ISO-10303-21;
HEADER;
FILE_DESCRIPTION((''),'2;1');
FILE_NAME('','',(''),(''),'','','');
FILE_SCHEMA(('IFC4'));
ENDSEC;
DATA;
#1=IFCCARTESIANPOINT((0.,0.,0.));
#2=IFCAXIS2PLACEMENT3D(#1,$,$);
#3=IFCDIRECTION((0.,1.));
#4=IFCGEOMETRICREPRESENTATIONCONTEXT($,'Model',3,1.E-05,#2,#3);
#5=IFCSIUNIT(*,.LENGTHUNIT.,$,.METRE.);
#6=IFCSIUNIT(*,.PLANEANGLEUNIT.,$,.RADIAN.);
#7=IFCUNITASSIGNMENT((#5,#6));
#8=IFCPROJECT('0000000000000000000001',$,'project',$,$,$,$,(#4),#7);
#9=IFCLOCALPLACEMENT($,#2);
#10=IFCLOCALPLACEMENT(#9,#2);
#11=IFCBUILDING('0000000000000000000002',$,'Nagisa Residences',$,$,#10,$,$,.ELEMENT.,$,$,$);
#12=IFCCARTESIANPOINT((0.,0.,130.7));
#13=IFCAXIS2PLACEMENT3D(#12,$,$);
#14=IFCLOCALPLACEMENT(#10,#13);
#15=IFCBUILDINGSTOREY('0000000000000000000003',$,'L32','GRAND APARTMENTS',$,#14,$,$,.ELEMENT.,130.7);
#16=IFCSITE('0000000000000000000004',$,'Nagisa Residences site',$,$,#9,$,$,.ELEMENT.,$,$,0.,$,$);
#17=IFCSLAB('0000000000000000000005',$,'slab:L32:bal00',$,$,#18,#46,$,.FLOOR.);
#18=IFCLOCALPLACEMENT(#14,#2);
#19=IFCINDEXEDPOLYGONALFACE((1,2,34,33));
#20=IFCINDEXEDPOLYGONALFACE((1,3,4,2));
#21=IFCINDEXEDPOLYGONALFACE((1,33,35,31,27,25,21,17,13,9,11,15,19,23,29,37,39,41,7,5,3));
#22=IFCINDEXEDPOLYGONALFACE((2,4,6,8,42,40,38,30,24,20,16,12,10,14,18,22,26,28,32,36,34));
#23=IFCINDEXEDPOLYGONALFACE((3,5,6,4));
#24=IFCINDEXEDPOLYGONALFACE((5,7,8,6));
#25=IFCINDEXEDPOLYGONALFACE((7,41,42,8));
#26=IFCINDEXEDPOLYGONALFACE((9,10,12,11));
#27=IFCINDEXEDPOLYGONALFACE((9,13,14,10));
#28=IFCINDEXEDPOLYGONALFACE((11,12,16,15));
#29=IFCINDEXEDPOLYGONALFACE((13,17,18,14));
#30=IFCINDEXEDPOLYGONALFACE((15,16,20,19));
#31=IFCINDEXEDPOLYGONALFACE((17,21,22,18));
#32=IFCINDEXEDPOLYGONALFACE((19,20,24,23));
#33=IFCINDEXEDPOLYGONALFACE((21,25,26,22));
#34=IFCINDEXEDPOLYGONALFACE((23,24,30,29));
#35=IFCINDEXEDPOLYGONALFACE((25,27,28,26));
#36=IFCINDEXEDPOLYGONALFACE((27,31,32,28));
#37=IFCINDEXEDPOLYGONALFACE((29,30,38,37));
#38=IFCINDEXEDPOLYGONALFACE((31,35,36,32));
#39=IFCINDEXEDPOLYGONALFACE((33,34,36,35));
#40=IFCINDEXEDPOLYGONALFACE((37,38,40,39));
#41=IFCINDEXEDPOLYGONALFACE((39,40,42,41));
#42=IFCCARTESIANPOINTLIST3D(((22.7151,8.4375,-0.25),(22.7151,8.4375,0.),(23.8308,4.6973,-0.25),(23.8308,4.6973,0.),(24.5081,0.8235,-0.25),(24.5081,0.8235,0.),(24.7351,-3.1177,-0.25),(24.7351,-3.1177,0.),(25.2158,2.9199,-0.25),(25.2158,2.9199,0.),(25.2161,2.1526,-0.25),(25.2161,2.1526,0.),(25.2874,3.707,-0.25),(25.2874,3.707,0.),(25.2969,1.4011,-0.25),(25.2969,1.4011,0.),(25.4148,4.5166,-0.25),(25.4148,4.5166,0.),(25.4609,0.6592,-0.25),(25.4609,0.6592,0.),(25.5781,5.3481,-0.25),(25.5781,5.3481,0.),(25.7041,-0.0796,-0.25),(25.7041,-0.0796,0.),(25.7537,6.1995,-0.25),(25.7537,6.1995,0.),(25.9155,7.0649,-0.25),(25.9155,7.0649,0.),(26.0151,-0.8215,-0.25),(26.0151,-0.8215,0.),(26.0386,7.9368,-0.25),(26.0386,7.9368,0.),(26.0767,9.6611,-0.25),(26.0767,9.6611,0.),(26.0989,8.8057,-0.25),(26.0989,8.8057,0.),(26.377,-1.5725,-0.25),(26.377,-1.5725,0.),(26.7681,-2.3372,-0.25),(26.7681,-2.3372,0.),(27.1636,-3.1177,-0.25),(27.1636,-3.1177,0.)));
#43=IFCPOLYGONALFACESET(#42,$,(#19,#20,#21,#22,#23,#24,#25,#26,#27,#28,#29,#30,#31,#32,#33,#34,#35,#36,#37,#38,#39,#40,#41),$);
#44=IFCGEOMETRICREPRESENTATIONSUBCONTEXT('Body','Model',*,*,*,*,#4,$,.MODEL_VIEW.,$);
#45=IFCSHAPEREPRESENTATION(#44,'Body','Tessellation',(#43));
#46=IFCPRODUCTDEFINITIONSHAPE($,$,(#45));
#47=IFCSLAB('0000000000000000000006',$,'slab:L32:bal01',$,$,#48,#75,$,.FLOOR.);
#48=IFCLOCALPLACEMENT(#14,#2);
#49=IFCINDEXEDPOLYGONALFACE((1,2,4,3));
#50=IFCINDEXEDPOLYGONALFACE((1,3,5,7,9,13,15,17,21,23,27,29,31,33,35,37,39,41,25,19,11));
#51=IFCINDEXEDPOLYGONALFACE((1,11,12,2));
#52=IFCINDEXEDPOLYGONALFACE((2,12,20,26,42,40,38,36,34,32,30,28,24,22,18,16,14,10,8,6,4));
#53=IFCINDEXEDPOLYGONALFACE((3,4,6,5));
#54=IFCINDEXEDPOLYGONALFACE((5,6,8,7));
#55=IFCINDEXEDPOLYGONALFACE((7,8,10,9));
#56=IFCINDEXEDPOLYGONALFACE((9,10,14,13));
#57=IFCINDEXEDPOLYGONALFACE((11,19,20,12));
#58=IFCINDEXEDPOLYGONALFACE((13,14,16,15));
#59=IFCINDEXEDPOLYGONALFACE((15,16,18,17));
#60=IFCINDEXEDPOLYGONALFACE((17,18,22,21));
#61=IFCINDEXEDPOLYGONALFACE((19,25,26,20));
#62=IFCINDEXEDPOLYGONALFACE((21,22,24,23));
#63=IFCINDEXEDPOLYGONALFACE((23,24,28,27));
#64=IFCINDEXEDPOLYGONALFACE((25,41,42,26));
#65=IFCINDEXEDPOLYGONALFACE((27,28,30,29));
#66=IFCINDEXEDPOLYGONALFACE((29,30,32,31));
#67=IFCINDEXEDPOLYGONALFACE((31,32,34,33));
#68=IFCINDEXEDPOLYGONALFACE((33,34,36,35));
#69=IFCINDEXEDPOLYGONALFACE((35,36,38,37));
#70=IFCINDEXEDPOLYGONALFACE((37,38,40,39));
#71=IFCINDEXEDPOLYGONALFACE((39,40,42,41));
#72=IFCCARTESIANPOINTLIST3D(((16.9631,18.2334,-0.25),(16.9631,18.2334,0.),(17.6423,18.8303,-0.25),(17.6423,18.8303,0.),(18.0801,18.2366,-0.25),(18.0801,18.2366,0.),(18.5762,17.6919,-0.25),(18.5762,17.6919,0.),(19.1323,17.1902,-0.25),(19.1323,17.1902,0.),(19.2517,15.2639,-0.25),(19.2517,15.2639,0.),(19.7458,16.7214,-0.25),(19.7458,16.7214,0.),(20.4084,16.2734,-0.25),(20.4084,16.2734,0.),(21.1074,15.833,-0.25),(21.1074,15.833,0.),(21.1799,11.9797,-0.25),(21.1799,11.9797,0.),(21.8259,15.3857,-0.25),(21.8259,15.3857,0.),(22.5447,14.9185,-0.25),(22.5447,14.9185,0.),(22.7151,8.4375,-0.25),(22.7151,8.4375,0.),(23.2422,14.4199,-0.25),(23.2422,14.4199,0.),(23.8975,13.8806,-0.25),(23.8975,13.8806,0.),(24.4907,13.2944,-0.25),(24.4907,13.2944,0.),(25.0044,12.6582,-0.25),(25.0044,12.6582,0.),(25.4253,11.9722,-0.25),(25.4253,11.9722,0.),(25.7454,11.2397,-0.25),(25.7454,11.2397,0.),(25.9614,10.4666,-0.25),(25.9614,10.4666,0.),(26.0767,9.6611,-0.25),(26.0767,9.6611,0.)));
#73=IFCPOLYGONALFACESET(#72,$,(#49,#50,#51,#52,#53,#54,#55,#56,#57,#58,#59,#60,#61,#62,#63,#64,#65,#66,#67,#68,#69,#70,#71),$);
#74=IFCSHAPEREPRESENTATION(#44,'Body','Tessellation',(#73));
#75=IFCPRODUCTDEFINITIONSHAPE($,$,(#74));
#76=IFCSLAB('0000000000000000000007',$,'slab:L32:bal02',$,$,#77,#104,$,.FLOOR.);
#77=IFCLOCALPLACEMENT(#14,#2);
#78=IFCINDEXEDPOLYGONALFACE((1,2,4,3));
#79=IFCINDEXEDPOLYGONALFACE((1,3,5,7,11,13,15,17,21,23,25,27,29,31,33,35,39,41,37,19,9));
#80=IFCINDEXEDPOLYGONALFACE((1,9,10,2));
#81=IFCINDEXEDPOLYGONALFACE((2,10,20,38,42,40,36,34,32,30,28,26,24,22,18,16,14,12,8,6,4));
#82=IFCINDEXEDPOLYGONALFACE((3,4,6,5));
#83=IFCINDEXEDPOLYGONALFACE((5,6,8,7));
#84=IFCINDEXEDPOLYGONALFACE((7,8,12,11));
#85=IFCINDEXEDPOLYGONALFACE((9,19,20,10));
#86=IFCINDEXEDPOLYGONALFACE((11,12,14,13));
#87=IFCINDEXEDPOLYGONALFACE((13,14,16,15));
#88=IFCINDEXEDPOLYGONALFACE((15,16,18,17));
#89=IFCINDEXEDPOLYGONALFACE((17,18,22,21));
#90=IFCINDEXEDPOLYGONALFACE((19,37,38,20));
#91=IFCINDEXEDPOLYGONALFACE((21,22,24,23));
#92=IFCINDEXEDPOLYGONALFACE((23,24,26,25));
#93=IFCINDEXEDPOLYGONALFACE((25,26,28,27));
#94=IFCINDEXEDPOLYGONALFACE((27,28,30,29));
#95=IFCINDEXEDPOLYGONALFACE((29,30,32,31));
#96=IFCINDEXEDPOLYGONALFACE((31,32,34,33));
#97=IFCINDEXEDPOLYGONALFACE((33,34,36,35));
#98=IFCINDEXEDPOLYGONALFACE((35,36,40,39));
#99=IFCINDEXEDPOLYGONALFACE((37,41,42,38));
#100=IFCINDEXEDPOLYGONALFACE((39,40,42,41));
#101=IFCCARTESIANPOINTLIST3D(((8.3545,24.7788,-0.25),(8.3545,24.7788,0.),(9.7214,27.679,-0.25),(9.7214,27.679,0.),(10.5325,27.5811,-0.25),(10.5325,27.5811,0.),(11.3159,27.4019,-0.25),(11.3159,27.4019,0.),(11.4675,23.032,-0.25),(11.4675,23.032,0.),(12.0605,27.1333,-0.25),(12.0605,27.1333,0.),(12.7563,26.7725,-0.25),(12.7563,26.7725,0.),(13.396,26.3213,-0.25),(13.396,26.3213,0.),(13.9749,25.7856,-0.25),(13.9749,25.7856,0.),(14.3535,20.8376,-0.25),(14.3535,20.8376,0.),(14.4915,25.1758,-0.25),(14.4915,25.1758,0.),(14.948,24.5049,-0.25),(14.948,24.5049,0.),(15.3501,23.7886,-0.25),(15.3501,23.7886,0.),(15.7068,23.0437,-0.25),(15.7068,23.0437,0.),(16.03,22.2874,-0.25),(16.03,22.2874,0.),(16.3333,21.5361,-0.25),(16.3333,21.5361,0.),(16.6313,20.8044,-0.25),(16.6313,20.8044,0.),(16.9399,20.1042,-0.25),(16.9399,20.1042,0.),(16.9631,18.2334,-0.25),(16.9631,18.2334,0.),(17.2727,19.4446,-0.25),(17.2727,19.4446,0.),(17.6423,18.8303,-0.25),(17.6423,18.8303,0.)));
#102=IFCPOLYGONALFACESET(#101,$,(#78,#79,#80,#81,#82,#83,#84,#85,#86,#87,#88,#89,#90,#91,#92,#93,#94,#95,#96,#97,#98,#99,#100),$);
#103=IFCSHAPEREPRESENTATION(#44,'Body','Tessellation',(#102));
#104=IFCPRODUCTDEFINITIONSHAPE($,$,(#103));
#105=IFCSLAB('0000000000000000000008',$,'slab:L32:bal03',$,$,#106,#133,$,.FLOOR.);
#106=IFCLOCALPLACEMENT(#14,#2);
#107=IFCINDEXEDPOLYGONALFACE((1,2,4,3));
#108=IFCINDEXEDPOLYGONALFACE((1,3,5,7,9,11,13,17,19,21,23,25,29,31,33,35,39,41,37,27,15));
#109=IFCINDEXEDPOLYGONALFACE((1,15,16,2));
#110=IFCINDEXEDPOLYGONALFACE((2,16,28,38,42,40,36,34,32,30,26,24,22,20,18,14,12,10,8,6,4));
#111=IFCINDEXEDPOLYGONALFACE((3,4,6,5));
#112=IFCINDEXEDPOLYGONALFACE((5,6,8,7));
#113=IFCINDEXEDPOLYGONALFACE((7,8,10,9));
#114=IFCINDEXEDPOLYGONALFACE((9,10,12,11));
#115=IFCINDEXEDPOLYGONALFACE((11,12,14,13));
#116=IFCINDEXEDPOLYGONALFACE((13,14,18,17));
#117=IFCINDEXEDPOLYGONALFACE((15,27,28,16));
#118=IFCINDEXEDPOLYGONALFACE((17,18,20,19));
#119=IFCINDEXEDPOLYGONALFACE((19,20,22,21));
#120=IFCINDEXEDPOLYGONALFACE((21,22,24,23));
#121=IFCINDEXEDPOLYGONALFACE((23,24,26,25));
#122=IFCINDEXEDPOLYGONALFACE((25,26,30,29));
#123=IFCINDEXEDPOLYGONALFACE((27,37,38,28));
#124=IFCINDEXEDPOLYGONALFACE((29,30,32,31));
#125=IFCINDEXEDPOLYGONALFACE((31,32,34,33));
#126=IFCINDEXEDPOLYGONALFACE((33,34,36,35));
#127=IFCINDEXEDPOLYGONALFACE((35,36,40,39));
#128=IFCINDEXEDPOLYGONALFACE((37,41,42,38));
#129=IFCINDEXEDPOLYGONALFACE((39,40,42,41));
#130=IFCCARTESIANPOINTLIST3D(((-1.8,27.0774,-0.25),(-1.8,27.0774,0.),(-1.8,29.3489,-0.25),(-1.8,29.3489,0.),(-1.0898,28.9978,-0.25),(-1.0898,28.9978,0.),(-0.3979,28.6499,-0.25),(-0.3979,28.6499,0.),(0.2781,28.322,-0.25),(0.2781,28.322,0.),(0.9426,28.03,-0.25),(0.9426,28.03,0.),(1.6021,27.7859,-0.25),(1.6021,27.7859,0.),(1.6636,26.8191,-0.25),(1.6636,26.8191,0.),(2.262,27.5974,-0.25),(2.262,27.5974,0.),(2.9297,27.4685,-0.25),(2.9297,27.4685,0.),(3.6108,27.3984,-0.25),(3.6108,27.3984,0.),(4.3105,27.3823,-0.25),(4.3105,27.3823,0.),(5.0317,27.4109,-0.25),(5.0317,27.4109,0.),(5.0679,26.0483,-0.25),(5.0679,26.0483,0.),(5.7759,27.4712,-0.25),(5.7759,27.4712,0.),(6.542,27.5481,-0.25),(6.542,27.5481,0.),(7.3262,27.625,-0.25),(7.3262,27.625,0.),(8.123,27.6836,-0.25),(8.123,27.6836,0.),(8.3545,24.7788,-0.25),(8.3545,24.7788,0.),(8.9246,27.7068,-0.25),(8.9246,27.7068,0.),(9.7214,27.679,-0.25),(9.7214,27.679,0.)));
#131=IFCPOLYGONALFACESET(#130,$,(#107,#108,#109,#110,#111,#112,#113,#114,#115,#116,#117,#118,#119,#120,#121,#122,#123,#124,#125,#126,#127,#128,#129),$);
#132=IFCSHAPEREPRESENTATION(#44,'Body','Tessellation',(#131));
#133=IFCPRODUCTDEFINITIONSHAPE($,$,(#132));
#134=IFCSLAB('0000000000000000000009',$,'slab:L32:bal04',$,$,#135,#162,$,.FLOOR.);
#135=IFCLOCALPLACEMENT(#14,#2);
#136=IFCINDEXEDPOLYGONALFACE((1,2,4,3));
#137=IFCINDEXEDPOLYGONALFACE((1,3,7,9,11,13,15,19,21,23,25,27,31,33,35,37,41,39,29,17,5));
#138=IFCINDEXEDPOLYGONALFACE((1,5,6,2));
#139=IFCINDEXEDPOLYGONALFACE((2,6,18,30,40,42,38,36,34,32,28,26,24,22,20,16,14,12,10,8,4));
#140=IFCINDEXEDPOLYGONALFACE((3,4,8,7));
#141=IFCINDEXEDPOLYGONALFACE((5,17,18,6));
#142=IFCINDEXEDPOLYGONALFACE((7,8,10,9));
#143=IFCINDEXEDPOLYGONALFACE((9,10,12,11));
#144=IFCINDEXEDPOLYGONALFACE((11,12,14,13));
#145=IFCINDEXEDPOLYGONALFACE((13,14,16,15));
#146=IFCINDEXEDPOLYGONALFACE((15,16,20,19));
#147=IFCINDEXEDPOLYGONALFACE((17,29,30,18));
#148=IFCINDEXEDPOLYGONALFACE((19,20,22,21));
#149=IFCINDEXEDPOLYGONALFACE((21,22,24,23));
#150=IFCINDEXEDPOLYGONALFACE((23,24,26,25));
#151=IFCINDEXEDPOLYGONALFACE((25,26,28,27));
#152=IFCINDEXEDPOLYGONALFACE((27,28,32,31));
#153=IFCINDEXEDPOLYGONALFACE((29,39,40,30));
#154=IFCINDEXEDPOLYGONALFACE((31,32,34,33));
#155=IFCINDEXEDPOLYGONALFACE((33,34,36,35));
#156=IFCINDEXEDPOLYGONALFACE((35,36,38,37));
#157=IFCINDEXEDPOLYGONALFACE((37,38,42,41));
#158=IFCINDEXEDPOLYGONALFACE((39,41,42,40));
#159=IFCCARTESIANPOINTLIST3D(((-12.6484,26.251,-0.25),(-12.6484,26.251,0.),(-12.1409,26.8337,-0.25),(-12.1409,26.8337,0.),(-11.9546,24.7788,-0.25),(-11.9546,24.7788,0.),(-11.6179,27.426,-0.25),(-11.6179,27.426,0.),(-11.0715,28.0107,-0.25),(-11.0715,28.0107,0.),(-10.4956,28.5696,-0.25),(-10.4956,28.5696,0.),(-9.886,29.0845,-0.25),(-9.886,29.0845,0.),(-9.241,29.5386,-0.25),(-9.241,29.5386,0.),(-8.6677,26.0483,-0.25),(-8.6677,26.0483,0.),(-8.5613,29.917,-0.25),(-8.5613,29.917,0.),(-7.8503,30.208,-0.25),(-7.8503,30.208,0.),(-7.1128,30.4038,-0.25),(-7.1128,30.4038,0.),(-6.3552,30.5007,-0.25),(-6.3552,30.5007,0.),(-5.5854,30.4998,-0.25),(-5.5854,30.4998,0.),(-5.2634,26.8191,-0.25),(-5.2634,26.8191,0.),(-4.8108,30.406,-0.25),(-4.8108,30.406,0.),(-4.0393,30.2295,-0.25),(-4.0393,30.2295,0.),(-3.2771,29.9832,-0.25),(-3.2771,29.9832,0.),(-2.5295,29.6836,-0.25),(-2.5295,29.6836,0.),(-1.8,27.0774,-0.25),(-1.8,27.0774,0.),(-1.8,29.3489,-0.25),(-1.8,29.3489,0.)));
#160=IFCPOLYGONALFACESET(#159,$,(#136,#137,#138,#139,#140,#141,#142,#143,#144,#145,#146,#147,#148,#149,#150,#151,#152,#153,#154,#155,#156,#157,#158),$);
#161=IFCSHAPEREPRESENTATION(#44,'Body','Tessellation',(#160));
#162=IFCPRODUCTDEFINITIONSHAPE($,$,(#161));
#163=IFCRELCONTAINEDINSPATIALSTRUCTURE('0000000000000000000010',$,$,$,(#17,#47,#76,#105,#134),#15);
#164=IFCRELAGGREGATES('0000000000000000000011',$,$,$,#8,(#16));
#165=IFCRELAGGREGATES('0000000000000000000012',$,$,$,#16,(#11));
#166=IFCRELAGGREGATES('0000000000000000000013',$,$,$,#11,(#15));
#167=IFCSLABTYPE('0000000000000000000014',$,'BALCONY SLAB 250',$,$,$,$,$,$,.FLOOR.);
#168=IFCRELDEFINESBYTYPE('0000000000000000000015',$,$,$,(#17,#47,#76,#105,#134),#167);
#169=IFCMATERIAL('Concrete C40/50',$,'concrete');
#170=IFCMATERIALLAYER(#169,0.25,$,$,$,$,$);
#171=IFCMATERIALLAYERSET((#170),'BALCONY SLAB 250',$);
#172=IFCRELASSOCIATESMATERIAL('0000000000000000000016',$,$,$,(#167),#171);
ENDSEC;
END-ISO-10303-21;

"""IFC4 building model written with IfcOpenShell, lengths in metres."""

from ifc_helpers import new_model, si_unit, direction, frame, origin, place, context, subcontext, project, spatial, polyline, outline, extrude, material, layer, layer_set, type_object, element, save


model = new_model("IFC4")

# Units and contexts
model_context = context("Model", 3, precision=1e-05, world=origin(), true_north=direction((0.0, 1.0)))
body_context = subcontext(model_context, "Body", "Model", "MODEL_VIEW")
ifc_project = project(units=[si_unit("LENGTHUNIT", "METRE"), si_unit("PLANEANGLEUNIT", "RADIAN")], contexts=[model_context])

# Site, building, storey
site_placement = place(None, origin())
site = spatial("IfcSite", under=ifc_project, at=site_placement, Name="Nagisa Residences site", CompositionType="ELEMENT", RefElevation=0.0)
building_placement = place(site_placement, origin())
building = spatial("IfcBuilding", under=site, at=building_placement, Name="Nagisa Residences", CompositionType="ELEMENT")
storey_placement = place(building_placement, frame((0.0, 0.0, 130.7)))
storey = spatial("IfcBuildingStorey", under=building, at=storey_placement, Name="L32", Description="GRAND APARTMENTS", CompositionType="ELEMENT", Elevation=130.7)

# Slabs
ifc_material_1 = material(Name="Concrete C40/50", Category="concrete")
ifc_layer_1 = layer(ifc_material_1, 0.25)
ifc_layer_set_1 = layer_set([ifc_layer_1], Name="BALCONY SLAB 250")
slab_type = type_object("IfcSlabType", Name="BALCONY SLAB 250", PredefinedType="FLOOR", material=ifc_layer_set_1)
slab_1_placement = place(storey_placement, frame((0.0, 0.0, -0.25)))
element("IfcSlab", 1, at=slab_1_placement, inside=storey, type_object=slab_type, Name="slab:L32:bal00", PredefinedType="FLOOR", context=body_context, shape_type="SweptSolid", body=[
    extrude(outline(polyline([(27.1636, -3.1177), (26.7681, -2.3372), (26.377, -1.5725), (26.0151, -0.8215), (25.7041, -0.0796), (25.4609, 0.6592), (25.2969, 1.4011), (25.2161, 2.1526), (25.2158, 2.9199), (25.2874, 3.707), (25.4148, 4.5166), (25.5781, 5.3481), (25.7537, 6.1995), (25.9155, 7.0649), (26.0386, 7.9368), (26.0989, 8.8057), (26.0767, 9.6611), (22.7151, 8.4375), (23.8308, 4.6973), (24.5081, 0.8235), (24.7351, -3.1177), (27.1636, -3.1177)])), origin(), (0.0, 0.0, 1.0), 0.25),
])
slab_2_placement = place(storey_placement, frame((0.0, 0.0, -0.25)))
element("IfcSlab", 2, at=slab_2_placement, inside=storey, type_object=slab_type, Name="slab:L32:bal01", PredefinedType="FLOOR", context=body_context, shape_type="SweptSolid", body=[
    extrude(outline(polyline([(26.0767, 9.6611), (25.9614, 10.4666), (25.7454, 11.2397), (25.4253, 11.9722), (25.0044, 12.6582), (24.4907, 13.2944), (23.8975, 13.8806), (23.2422, 14.4199), (22.5447, 14.9185), (21.8259, 15.3857), (21.1074, 15.833), (20.4084, 16.2734), (19.7458, 16.7214), (19.1323, 17.1902), (18.5762, 17.6919), (18.0801, 18.2366), (17.6423, 18.8303), (16.9631, 18.2334), (19.2517, 15.2639), (21.1799, 11.9797), (22.7151, 8.4375), (26.0767, 9.6611)])), origin(), (0.0, 0.0, 1.0), 0.25),
])
slab_3_placement = place(storey_placement, frame((0.0, 0.0, -0.25)))
element("IfcSlab", 3, at=slab_3_placement, inside=storey, type_object=slab_type, Name="slab:L32:bal02", PredefinedType="FLOOR", context=body_context, shape_type="SweptSolid", body=[
    extrude(outline(polyline([(17.6423, 18.8303), (17.2727, 19.4446), (16.9399, 20.1042), (16.6313, 20.8044), (16.3333, 21.5361), (16.03, 22.2874), (15.7068, 23.0437), (15.3501, 23.7886), (14.948, 24.5049), (14.4915, 25.1758), (13.9749, 25.7856), (13.396, 26.3213), (12.7563, 26.7725), (12.0605, 27.1333), (11.3159, 27.4019), (10.5325, 27.5811), (9.7214, 27.679), (8.3545, 24.7788), (11.4675, 23.032), (14.3535, 20.8376), (16.9631, 18.2334), (17.6423, 18.8303)])), origin(), (0.0, 0.0, 1.0), 0.25),
])
slab_4_placement = place(storey_placement, frame((0.0, 0.0, -0.25)))
element("IfcSlab", 4, at=slab_4_placement, inside=storey, type_object=slab_type, Name="slab:L32:bal03", PredefinedType="FLOOR", context=body_context, shape_type="SweptSolid", body=[
    extrude(outline(polyline([(9.7214, 27.679), (8.9246, 27.7068), (8.123, 27.6836), (7.3262, 27.625), (6.542, 27.5481), (5.7759, 27.4712), (5.0317, 27.4109), (4.3105, 27.3823), (3.6108, 27.3984), (2.9297, 27.4685), (2.262, 27.5974), (1.6021, 27.7859), (0.9426, 28.03), (0.2781, 28.322), (-0.3979, 28.6499), (-1.0898, 28.9978), (-1.8, 29.3489), (-1.8, 27.0774), (1.6636, 26.8191), (5.0679, 26.0483), (8.3545, 24.7788), (9.7214, 27.679)])), origin(), (0.0, 0.0, 1.0), 0.25),
])
slab_5_placement = place(storey_placement, frame((0.0, 0.0, -0.25)))
element("IfcSlab", 5, at=slab_5_placement, inside=storey, type_object=slab_type, Name="slab:L32:bal04", PredefinedType="FLOOR", context=body_context, shape_type="SweptSolid", body=[
    extrude(outline(polyline([(-1.8, 29.3489), (-2.5295, 29.6836), (-3.2771, 29.9832), (-4.0393, 30.2295), (-4.8108, 30.406), (-5.5854, 30.4998), (-6.3552, 30.5007), (-7.1128, 30.4038), (-7.8503, 30.208), (-8.5613, 29.917), (-9.241, 29.5386), (-9.886, 29.0845), (-10.4956, 28.5696), (-11.0715, 28.0107), (-11.6179, 27.426), (-12.1409, 26.8337), (-12.6484, 26.251), (-11.9546, 24.7788), (-8.6677, 26.0483), (-5.2634, 26.8191), (-1.8, 27.0774), (-1.8, 29.3489)])), origin(), (0.0, 0.0, 1.0), 0.25),
])

save(model, "model.ifc")
